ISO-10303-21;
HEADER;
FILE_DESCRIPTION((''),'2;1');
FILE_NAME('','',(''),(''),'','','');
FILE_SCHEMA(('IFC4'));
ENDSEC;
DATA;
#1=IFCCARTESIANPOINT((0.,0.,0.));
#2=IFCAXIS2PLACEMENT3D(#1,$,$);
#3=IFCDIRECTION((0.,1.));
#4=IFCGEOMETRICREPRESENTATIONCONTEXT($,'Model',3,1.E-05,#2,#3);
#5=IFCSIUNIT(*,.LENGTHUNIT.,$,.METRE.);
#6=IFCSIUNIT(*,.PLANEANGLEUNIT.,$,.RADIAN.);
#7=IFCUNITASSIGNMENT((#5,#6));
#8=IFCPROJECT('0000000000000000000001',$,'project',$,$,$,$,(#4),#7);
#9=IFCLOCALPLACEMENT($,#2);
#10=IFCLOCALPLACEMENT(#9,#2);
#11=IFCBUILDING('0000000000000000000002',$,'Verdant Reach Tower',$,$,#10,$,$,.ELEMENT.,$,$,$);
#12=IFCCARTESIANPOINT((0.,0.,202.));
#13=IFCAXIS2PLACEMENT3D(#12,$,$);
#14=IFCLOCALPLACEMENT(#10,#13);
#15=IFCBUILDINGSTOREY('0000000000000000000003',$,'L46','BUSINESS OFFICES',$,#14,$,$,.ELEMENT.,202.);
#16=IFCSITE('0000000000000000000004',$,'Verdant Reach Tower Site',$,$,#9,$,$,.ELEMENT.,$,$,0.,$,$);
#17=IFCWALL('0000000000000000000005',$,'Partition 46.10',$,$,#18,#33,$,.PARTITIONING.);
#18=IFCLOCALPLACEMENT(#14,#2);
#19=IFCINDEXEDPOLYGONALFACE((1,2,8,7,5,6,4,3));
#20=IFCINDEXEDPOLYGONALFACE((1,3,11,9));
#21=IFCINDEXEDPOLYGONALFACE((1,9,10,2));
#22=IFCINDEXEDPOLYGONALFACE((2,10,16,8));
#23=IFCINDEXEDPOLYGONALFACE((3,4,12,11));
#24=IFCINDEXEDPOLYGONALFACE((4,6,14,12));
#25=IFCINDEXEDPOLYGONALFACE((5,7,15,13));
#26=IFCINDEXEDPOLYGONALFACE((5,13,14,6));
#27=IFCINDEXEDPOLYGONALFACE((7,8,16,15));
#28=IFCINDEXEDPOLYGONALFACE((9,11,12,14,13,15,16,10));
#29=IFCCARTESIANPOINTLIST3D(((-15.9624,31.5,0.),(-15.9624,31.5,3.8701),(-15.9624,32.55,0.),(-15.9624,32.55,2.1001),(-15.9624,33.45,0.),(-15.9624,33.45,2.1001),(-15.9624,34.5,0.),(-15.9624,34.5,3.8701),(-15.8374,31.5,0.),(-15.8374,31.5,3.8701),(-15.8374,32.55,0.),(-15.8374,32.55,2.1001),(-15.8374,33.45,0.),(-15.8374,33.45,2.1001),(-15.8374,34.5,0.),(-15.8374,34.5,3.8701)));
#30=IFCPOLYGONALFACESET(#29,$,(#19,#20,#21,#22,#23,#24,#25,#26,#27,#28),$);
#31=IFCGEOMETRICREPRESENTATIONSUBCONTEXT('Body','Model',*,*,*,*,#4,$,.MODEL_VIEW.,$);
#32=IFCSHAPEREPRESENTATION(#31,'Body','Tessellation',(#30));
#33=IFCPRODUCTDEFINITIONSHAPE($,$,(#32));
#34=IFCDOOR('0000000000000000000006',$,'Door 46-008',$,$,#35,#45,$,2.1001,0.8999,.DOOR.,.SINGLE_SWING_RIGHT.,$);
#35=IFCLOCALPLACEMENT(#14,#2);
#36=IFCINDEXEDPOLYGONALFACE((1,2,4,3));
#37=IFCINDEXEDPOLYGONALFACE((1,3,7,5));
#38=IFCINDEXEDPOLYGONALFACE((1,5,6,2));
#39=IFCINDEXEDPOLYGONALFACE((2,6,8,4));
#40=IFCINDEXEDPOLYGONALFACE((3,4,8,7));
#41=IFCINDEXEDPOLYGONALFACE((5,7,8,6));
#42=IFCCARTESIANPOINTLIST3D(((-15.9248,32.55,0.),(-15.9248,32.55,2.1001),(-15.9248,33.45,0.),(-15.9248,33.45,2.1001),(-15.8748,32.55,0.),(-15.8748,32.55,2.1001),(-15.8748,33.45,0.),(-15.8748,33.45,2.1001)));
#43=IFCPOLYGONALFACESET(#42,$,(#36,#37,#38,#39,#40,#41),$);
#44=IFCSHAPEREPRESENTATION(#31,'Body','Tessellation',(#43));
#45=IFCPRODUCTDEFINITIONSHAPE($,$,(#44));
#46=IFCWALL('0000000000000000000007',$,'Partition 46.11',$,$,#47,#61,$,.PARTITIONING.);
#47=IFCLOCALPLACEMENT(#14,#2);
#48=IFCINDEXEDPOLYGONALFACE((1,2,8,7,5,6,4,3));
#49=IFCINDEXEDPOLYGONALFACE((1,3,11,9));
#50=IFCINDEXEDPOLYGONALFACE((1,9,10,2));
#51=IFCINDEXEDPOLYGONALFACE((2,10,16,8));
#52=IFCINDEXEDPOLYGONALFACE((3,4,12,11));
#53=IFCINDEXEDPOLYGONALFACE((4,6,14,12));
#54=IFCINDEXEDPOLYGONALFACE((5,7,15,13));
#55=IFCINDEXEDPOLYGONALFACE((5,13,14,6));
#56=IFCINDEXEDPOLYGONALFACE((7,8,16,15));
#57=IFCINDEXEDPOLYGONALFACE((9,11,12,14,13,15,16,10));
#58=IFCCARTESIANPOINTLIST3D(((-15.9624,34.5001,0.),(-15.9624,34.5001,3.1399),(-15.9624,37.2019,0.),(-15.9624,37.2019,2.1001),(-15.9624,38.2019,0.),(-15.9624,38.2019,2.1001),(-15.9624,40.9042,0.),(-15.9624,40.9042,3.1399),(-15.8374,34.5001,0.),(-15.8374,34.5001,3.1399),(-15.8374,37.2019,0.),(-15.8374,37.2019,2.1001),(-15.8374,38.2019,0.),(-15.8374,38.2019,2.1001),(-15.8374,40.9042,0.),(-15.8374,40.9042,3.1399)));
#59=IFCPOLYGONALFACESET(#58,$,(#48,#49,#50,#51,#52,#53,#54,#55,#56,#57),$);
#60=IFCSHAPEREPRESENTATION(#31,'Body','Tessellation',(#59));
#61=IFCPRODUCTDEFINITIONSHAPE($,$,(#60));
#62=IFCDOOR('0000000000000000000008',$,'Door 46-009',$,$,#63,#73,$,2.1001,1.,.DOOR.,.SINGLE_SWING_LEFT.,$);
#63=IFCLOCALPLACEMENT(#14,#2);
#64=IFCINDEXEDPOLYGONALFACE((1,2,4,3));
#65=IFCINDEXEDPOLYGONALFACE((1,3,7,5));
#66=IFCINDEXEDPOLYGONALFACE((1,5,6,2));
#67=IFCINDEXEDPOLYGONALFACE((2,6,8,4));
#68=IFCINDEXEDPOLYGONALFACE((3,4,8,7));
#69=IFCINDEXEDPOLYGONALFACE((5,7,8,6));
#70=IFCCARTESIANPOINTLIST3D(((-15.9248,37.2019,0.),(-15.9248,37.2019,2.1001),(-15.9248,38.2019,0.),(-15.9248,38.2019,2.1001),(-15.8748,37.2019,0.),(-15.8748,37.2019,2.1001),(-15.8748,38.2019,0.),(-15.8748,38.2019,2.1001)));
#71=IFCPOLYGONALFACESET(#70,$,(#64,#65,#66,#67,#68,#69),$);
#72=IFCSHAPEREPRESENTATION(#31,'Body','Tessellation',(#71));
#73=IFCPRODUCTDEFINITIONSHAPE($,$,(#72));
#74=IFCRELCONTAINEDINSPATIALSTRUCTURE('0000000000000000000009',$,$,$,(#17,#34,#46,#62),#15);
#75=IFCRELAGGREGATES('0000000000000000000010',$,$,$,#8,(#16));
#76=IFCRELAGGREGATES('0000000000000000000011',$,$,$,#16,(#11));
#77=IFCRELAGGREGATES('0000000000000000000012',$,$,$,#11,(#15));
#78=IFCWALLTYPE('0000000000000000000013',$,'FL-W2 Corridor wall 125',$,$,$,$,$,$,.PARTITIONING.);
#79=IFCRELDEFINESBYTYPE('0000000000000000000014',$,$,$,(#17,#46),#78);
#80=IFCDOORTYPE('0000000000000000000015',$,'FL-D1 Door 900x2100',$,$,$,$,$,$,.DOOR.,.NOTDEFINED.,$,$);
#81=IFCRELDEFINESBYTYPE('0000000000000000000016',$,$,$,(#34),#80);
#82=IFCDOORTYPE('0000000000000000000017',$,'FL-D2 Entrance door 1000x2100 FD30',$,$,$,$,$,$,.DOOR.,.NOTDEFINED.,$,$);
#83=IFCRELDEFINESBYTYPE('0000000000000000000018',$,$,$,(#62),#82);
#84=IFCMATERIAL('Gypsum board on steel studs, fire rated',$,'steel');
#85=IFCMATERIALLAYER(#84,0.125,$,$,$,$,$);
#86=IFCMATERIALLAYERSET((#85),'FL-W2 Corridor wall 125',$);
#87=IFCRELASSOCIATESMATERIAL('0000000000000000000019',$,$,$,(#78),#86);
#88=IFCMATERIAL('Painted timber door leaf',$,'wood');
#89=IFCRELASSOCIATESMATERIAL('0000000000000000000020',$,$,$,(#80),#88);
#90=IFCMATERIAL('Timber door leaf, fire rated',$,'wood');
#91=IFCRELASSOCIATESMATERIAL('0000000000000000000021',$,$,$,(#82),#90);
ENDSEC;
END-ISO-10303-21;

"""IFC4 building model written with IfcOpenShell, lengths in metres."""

from ifc_helpers import new_model, si_unit, direction, frame, frame_2d, origin, place, context, subcontext, project, spatial, rectangle, extrude, material, layer, layer_set, type_object, element, fill, save


model = new_model("IFC4")

# Units and contexts
model_context = context("Model", 3, precision=1e-05, world=origin(), true_north=direction((0.0, 1.0)))
body_context = subcontext(model_context, "Body", "Model", "MODEL_VIEW")
ifc_project = project(units=[si_unit("LENGTHUNIT", "METRE"), si_unit("PLANEANGLEUNIT", "RADIAN")], contexts=[model_context])

# Site, building, storey
site_placement = place(None, origin())
site = spatial("IfcSite", under=ifc_project, at=site_placement, Name="Verdant Reach Tower Site", CompositionType="ELEMENT", RefElevation=0.0)
building_placement = place(site_placement, origin())
building = spatial("IfcBuilding", under=site, at=building_placement, Name="Verdant Reach Tower", CompositionType="ELEMENT")
storey_placement = place(building_placement, frame((0.0, 0.0, 202.0)))
storey = spatial("IfcBuildingStorey", under=building, at=storey_placement, Name="L46", Description="BUSINESS OFFICES", CompositionType="ELEMENT", Elevation=202.0)

# Walls, openings, doors
ifc_material_1 = material(Name="Gypsum board on steel studs, fire rated", Category="steel")
ifc_layer_1 = layer(ifc_material_1, 0.125)
ifc_layer_set_1 = layer_set([ifc_layer_1], Name="FL-W2 Corridor wall 125")
wall_type_1 = type_object("IfcWallType", Name="FL-W2 Corridor wall 125", PredefinedType="PARTITIONING", material=ifc_layer_set_1)
ifc_material_2 = material(Name="Painted timber door leaf", Category="wood")
door_type_1 = type_object("IfcDoorType", Name="FL-D1 Door 900x2100", OperationType="NOTDEFINED", PredefinedType="DOOR", material=ifc_material_2)
wall_1_placement = place(storey_placement, frame((-15.8999, 31.5, 0.0), z_axis=(0.0, 0.0, 1.0), x_axis=(0.0, 1.0, 0.0)))
wall_1 = element("IfcWall", 1, at=wall_1_placement, inside=storey, type_object=wall_type_1, Name="Partition 46.10", PredefinedType="PARTITIONING", context=body_context, shape_type="SweptSolid", body=[
    extrude(rectangle(XDim=3.0, YDim=0.125, at=frame_2d((1.5, 0.0))), origin(), (0.0, 0.0, 1.0), 3.8701),
])
opening_1_placement = place(wall_1_placement, frame((1.05, 0.0, 0.0)))
opening_1 = element("IfcOpeningElement", 2, at=opening_1_placement, cuts=wall_1, PredefinedType="OPENING", context=body_context, shape_type="SweptSolid", body=[
    extrude(rectangle(XDim=0.8999, YDim=2.1001, at=frame_2d((0.45, 1.05))), frame((0.0, 0.0725, 0.0), z_axis=(0.0, -1.0, 0.0), x_axis=(1.0, 0.0, 0.0)), (0.0, 0.0, 1.0), 0.145),
])
door_1_placement = place(opening_1_placement, origin())
door_1 = element("IfcDoor", 3, at=door_1_placement, inside=storey, type_object=door_type_1, Name="Door 46-008", OperationType="SINGLE_SWING_RIGHT", OverallHeight=2.1001, OverallWidth=0.8999, PredefinedType="DOOR", context=body_context, shape_type="SweptSolid", body=[
    extrude(rectangle(XDim=0.8999, YDim=2.1001, at=frame_2d((0.45, 1.05))), frame((0.0, 0.0249, 0.0), z_axis=(0.0, -1.0, 0.0), x_axis=(1.0, 0.0, 0.0)), (0.0, 0.0, 1.0), 0.05),
])
fill(opening_1, door_1)
wall_2_placement = place(storey_placement, frame((-15.8999, 34.5, 0.0), z_axis=(0.0, 0.0, 1.0), x_axis=(0.0, 1.0, 0.0)))
wall_2 = element("IfcWall", 4, at=wall_2_placement, inside=storey, type_object=wall_type_1, Name="Partition 46.11", PredefinedType="PARTITIONING", context=body_context, shape_type="SweptSolid", body=[
    extrude(rectangle(XDim=6.4041, YDim=0.125, at=frame_2d((3.2021, 0.0))), origin(), (0.0, 0.0, 1.0), 3.1399),
])
opening_2_placement = place(wall_2_placement, frame((2.7019, 0.0, 0.0)))
opening_2 = element("IfcOpeningElement", 5, at=opening_2_placement, cuts=wall_2, PredefinedType="OPENING", context=body_context, shape_type="SweptSolid", body=[
    extrude(rectangle(XDim=1.0, YDim=2.1001, at=frame_2d((0.5, 1.05))), frame((0.0, 0.0725, 0.0), z_axis=(0.0, -1.0, 0.0), x_axis=(1.0, 0.0, 0.0)), (0.0, 0.0, 1.0), 0.145),
])
ifc_material_3 = material(Name="Timber door leaf, fire rated", Category="wood")
door_type_2 = type_object("IfcDoorType", Name="FL-D2 Entrance door 1000x2100 FD30", OperationType="NOTDEFINED", PredefinedType="DOOR", material=ifc_material_3)
door_2_placement = place(opening_2_placement, origin())
door_2 = element("IfcDoor", 6, at=door_2_placement, inside=storey, type_object=door_type_2, Name="Door 46-009", OperationType="SINGLE_SWING_LEFT", OverallHeight=2.1001, OverallWidth=1.0, PredefinedType="DOOR", context=body_context, shape_type="SweptSolid", body=[
    extrude(rectangle(XDim=1.0, YDim=2.1001, at=frame_2d((0.5, 1.05))), frame((0.0, 0.0249, 0.0), z_axis=(0.0, -1.0, 0.0), x_axis=(1.0, 0.0, 0.0)), (0.0, 0.0, 1.0), 0.05),
])
fill(opening_2, door_2)

save(model, "model.ifc")
